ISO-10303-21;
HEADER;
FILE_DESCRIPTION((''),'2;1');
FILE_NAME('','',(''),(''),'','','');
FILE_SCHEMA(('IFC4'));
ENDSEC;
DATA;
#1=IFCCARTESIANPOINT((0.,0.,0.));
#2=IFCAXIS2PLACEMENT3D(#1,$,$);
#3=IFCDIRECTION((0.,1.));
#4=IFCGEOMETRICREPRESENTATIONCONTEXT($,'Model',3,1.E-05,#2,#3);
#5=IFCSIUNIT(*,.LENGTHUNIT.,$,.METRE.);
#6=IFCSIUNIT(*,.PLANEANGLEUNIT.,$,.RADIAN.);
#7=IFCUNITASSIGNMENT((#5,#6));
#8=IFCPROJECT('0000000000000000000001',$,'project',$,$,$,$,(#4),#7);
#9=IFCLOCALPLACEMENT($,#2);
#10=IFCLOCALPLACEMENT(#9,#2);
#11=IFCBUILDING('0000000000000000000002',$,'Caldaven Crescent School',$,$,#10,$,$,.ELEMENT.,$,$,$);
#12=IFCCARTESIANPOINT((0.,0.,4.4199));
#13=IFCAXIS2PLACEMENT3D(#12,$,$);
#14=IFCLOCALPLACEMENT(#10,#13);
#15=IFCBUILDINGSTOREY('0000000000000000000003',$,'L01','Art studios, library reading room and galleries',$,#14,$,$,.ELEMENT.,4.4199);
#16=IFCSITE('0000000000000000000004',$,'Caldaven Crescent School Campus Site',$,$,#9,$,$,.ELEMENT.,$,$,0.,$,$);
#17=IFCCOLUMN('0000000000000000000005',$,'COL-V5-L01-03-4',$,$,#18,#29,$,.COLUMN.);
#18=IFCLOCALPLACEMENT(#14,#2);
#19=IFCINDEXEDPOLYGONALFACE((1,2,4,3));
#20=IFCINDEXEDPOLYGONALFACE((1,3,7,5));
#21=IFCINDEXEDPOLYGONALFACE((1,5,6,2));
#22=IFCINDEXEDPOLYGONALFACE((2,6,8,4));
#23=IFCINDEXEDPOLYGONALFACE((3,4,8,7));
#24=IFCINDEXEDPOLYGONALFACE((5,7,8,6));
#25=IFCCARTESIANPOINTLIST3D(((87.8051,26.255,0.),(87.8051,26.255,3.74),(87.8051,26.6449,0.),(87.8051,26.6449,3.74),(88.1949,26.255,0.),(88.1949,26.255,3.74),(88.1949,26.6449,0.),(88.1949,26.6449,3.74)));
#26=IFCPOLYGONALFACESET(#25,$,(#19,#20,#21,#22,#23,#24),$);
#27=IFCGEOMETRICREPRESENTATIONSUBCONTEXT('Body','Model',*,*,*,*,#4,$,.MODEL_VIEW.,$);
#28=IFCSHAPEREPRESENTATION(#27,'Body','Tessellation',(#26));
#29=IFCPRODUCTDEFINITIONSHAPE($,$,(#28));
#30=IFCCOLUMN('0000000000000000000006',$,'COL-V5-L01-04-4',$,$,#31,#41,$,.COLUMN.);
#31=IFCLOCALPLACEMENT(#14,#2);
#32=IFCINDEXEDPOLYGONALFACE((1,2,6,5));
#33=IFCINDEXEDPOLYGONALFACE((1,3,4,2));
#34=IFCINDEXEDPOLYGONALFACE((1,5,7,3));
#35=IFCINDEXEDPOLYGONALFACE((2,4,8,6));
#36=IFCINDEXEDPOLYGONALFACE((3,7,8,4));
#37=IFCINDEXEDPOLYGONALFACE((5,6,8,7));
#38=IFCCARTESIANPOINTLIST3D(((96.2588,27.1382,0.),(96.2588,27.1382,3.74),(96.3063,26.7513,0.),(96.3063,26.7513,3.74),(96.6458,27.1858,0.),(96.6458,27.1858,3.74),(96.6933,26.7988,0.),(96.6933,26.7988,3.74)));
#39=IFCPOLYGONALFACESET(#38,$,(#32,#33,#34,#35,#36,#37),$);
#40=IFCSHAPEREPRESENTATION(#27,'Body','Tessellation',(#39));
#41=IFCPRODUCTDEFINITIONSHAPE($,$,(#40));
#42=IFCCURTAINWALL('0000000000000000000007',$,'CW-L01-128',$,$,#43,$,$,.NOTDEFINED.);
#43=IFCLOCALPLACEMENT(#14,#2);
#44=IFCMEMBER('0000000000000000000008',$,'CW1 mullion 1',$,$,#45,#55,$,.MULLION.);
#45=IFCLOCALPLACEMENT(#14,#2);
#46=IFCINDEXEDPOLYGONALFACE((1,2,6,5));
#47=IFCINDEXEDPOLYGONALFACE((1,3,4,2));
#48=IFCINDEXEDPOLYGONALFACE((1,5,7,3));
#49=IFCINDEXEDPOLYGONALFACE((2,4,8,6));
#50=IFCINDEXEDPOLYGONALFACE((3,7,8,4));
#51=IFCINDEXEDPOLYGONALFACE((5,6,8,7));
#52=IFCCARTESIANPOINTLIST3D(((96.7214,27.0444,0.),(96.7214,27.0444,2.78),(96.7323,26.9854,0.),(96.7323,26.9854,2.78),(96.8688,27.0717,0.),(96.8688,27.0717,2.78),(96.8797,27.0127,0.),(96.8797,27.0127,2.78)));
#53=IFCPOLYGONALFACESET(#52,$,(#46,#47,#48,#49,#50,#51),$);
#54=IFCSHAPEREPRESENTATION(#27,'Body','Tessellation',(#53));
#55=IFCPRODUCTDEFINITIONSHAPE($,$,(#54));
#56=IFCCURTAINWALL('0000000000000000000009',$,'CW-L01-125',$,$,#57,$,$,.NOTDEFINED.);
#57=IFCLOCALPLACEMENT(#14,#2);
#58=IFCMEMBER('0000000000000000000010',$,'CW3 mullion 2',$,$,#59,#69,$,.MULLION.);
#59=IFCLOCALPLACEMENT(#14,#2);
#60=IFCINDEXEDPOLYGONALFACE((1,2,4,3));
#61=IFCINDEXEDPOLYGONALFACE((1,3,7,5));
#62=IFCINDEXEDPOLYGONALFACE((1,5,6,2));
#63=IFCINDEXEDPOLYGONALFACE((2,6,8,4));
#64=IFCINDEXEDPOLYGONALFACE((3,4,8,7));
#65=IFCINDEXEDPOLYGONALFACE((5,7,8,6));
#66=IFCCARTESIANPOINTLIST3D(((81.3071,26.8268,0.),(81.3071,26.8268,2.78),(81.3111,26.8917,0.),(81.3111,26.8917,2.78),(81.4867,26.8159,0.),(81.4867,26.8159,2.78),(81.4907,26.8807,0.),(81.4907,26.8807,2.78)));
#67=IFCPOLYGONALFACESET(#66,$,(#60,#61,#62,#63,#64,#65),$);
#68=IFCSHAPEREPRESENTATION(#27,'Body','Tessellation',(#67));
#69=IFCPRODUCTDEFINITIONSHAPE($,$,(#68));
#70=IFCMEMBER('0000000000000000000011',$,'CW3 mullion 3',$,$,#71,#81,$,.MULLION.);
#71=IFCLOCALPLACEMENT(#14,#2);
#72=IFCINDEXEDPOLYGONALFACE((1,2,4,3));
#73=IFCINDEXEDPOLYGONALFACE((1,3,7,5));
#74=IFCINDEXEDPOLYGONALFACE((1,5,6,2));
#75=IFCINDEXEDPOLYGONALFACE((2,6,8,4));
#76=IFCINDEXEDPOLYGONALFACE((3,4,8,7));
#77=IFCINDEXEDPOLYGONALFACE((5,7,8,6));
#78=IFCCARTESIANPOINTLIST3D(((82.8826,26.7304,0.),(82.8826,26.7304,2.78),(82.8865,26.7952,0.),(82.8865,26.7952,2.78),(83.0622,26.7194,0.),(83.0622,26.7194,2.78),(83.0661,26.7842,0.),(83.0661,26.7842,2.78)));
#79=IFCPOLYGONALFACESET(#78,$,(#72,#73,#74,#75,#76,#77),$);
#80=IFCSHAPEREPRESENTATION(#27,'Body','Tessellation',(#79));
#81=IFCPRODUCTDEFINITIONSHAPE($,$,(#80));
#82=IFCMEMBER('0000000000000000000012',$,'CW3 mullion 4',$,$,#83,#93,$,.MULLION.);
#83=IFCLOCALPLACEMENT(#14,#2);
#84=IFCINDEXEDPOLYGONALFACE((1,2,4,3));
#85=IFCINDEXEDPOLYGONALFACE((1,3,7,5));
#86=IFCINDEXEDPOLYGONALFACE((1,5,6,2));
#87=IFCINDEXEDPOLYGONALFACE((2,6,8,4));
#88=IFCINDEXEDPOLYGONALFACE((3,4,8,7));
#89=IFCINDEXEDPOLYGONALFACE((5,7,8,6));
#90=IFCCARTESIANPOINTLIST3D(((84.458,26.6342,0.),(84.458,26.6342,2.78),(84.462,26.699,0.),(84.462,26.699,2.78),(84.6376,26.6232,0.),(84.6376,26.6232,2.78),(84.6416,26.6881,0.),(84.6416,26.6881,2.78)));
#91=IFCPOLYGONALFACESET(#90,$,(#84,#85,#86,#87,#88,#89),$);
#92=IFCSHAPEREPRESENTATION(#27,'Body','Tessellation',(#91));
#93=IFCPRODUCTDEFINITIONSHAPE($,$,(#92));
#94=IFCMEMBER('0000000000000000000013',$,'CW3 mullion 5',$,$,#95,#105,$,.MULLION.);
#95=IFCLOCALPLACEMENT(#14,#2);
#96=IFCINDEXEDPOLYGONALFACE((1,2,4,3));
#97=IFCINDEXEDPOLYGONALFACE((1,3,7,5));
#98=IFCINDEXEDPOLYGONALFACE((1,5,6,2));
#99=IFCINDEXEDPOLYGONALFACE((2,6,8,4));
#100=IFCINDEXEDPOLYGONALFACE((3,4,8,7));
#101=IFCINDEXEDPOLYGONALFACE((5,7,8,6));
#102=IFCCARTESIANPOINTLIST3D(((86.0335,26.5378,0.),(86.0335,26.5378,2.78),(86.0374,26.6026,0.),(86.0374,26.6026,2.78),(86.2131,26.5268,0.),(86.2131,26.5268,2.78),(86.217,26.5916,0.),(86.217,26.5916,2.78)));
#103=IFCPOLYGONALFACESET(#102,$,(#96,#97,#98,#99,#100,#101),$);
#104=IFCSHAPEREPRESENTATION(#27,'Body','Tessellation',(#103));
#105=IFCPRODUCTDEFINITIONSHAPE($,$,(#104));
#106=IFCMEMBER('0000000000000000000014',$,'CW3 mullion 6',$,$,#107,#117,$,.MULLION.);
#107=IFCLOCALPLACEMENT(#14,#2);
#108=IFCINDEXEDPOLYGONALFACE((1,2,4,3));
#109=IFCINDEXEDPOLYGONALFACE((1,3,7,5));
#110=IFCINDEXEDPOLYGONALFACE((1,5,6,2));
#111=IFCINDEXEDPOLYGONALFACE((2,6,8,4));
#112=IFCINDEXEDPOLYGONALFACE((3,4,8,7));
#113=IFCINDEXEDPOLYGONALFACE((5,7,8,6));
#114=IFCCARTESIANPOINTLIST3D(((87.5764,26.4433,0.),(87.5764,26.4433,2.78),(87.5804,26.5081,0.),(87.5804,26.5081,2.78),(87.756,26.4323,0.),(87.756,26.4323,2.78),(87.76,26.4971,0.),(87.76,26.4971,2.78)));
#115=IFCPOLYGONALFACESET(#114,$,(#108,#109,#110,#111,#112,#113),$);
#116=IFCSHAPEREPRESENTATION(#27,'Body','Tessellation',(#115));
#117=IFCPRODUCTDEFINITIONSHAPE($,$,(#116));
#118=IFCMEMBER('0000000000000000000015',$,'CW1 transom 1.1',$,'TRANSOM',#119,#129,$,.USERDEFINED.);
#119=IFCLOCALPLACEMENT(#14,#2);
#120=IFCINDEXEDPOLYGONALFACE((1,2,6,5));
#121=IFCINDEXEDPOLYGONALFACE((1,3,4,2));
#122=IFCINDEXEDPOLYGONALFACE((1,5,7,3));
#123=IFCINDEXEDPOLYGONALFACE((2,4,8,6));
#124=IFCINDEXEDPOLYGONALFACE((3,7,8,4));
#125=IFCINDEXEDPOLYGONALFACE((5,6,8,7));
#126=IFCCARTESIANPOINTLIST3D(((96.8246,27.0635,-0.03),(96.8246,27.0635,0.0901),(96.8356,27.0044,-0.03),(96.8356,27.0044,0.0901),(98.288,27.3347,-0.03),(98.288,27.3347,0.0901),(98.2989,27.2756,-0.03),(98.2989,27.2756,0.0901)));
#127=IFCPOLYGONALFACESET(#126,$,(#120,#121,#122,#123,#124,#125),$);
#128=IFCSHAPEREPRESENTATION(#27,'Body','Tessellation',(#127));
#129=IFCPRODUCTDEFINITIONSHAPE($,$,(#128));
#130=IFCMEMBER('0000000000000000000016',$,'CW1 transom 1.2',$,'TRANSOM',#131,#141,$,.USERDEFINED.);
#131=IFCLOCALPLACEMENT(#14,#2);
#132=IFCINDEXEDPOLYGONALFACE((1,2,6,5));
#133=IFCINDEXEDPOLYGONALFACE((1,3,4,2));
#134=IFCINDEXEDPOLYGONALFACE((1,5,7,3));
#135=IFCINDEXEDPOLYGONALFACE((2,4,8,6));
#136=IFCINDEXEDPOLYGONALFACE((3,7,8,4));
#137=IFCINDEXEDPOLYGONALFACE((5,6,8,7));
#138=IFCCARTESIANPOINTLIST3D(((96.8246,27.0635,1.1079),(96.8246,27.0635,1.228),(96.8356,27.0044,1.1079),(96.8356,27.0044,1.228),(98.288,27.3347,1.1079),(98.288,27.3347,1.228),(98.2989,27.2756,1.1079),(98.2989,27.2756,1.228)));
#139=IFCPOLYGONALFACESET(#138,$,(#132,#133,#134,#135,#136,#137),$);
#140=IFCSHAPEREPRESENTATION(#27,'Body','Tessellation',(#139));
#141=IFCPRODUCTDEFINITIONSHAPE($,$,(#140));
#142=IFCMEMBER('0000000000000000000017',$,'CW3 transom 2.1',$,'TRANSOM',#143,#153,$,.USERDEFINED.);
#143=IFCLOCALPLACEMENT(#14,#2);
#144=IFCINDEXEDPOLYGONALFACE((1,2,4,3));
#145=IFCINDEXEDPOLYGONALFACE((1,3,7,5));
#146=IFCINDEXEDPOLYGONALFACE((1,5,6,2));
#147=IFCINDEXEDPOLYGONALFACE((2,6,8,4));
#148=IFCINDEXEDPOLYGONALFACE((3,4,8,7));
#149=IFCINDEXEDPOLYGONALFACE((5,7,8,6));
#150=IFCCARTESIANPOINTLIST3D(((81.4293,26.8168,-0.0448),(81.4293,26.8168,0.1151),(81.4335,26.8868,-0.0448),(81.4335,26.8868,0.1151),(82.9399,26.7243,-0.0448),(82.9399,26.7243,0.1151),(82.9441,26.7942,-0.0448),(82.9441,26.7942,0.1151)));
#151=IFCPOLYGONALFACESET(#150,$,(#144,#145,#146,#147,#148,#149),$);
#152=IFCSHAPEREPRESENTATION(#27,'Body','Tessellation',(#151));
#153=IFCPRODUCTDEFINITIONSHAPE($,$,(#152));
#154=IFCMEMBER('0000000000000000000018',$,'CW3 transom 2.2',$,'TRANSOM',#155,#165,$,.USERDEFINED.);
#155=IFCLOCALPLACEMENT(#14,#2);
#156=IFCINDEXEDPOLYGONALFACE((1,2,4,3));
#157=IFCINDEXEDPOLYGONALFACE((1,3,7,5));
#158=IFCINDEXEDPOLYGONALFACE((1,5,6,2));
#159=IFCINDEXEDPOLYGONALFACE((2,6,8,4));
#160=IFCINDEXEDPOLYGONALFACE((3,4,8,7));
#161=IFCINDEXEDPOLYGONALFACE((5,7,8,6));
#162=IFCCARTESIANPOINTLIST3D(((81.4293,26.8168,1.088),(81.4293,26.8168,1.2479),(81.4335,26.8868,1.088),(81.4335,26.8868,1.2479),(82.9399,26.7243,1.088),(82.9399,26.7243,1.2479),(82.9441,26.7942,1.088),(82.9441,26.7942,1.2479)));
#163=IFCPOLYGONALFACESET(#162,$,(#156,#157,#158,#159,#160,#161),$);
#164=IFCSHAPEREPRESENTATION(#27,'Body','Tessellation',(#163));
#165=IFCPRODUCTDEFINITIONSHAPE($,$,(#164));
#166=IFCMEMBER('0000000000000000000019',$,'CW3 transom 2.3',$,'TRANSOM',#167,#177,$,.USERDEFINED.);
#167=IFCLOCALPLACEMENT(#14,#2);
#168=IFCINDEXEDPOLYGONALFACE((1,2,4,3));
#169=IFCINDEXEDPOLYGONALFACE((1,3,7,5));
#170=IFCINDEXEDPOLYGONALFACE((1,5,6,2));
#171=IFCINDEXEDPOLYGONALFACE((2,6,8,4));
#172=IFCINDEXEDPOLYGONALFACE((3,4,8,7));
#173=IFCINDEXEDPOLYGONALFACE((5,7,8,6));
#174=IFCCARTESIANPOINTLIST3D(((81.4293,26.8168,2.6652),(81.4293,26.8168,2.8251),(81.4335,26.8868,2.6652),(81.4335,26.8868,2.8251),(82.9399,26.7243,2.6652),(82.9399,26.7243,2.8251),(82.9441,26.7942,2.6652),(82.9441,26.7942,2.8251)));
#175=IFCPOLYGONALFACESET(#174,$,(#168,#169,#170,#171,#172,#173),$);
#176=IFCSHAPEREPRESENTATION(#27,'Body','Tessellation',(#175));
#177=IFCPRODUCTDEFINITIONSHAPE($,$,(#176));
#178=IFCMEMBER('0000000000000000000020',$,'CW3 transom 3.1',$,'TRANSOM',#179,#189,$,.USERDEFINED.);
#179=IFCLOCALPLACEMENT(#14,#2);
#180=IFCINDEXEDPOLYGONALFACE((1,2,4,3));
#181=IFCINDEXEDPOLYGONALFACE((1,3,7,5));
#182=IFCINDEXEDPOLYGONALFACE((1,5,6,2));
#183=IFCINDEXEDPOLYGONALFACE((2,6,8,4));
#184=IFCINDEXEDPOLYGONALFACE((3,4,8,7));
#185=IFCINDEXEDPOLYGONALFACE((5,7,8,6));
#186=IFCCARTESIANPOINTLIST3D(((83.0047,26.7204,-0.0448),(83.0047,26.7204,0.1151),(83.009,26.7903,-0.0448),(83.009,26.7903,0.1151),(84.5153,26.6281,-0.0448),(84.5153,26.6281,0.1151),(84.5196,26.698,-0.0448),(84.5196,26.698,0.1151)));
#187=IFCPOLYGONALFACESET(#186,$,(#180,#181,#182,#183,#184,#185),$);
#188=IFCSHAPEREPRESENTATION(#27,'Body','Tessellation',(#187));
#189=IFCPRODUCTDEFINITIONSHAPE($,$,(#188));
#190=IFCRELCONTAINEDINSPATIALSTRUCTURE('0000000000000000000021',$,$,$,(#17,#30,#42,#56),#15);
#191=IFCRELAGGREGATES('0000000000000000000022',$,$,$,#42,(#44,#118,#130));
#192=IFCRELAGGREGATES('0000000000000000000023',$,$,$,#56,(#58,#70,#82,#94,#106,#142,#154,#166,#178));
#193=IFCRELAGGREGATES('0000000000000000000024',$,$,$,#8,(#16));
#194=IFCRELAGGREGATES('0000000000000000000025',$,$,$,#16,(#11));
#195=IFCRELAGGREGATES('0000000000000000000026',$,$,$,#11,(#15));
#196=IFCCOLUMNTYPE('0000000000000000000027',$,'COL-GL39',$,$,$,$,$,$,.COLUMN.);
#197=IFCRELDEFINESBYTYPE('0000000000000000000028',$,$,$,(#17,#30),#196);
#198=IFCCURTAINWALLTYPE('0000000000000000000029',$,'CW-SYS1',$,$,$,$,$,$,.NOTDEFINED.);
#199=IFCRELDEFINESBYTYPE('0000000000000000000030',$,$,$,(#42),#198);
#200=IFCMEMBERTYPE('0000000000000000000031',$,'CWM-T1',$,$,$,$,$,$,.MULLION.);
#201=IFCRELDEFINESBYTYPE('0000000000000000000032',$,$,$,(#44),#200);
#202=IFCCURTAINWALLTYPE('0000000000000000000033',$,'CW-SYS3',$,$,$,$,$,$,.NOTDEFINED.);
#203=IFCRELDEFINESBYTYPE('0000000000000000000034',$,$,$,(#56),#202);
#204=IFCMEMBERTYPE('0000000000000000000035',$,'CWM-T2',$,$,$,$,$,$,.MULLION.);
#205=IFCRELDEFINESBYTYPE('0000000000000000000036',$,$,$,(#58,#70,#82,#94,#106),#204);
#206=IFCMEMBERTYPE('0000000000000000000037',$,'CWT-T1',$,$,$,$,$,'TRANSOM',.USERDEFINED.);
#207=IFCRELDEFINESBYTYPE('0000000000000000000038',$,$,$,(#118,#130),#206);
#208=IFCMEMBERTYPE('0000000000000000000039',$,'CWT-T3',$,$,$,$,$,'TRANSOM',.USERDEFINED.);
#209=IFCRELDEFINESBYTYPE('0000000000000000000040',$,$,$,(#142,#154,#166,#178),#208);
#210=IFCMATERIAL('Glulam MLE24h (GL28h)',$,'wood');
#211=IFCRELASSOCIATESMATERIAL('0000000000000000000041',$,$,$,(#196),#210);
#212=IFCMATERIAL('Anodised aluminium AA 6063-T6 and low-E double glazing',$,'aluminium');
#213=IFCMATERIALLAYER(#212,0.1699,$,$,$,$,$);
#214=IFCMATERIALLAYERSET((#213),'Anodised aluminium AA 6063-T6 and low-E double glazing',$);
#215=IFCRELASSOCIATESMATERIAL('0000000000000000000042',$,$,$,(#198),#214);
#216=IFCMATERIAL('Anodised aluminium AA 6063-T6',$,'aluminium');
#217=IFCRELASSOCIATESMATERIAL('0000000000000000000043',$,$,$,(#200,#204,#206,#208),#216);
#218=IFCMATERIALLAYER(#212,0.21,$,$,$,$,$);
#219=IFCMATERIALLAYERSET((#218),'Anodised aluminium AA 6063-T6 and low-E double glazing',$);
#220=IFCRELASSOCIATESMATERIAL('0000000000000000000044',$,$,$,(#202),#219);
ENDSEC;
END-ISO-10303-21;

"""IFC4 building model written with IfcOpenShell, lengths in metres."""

from ifc_helpers import new_model, si_unit, direction, frame, origin, origin_2d, place, context, subcontext, project, spatial, rectangle, extrude, material, layer, layer_set, material_profile, profile_set, type_object, element, aggregate, save


model = new_model("IFC4")

# Units and contexts
model_context = context("Model", 3, precision=1e-05, world=origin(), true_north=direction((0.0, 1.0)))
body_context = subcontext(model_context, "Body", "Model", "MODEL_VIEW")
ifc_project = project(units=[si_unit("LENGTHUNIT", "METRE"), si_unit("PLANEANGLEUNIT", "RADIAN")], contexts=[model_context])

# Site, building, storey
site_placement = place(None, origin())
site = spatial("IfcSite", under=ifc_project, at=site_placement, Name="Caldaven Crescent School Campus Site", CompositionType="ELEMENT", RefElevation=0.0)
building_placement = place(site_placement, origin())
building = spatial("IfcBuilding", under=site, at=building_placement, Name="Caldaven Crescent School", CompositionType="ELEMENT")
storey_placement = place(building_placement, frame((0.0, 0.0, 4.4199)))
storey = spatial("IfcBuildingStorey", under=building, at=storey_placement, Name="L01", Description="Art studios, library reading room and galleries", CompositionType="ELEMENT", Elevation=4.4199)

# Columns
ifc_material_1 = material(Name="Glulam MLE24h (GL28h)", Category="wood")
ifc_material_profile_1 = material_profile(ifc_material_1, rectangle(XDim=0.3899, YDim=0.3899, at=origin_2d()), Name="MLE 390x390")
ifc_profile_set_1 = profile_set([ifc_material_profile_1], Name="Glulam MLE24h (GL28h)")
column_type = type_object("IfcColumnType", Name="COL-GL39", PredefinedType="COLUMN", material=ifc_profile_set_1)
for number, where, z_axis, x_axis, name in (
    (1, (88.0, 26.45, 0.0), (0.0, 0.0, 1.0), (0.0, -1.0, 0.0), "COL-V5-L01-03-4"),
    (2, (96.4761, 26.9685, 0.0), (0.0, 0.0, 1.0), (0.121869, -0.992546, 0.0), "COL-V5-L01-04-4"),
):
    element("IfcColumn", number, at=place(storey_placement, frame(where, z_axis=z_axis, x_axis=x_axis)), inside=storey, type_object=column_type, Name=name, PredefinedType="COLUMN", context=body_context, shape_type="SweptSolid", body=[
        extrude(rectangle(XDim=0.3899, YDim=0.3899, at=origin_2d()), origin(), (0.0, 0.0, 1.0), 3.74),
    ])

# Curtain wall, member
ifc_material_2 = material(Name="Anodised aluminium AA 6063-T6 and low-E double glazing", Category="aluminium")
ifc_layer_1 = layer(ifc_material_2, 0.1699)
ifc_layer_set_1 = layer_set([ifc_layer_1], Name="Anodised aluminium AA 6063-T6 and low-E double glazing")
curtain_wall_type_1 = type_object("IfcCurtainWallType", Name="CW-SYS1", PredefinedType="NOTDEFINED", material=ifc_layer_set_1)
curtain_wall_1_placement = place(storey_placement, origin())
curtain_wall_1 = element("IfcCurtainWall", 3, at=curtain_wall_1_placement, inside=storey, type_object=curtain_wall_type_1, Name="CW-L01-128", PredefinedType="NOTDEFINED")
ifc_material_3 = material(Name="Anodised aluminium AA 6063-T6", Category="aluminium")
ifc_material_profile_2 = material_profile(ifc_material_3, rectangle(XDim=0.0601, YDim=0.1499, at=origin_2d()), Name="CWM 60x150")
ifc_profile_set_2 = profile_set([ifc_material_profile_2], Name="Anodised aluminium AA 6063-T6")
member_type_1 = type_object("IfcMemberType", Name="CWM-T1", PredefinedType="MULLION", material=ifc_profile_set_2)
member_1_placement = place(storey_placement, frame((96.8005, 27.0286, 0.0), z_axis=(0.0, 0.0, 1.0), x_axis=(-0.182235, 0.983255, 0.0)))
member_1 = element("IfcMember", 4, at=member_1_placement, type_object=member_type_1, Name="CW1 mullion 1", PredefinedType="MULLION", context=body_context, shape_type="SweptSolid", body=[
    extrude(rectangle(XDim=0.0601, YDim=0.1499, at=origin_2d()), origin(), (0.0, 0.0, 1.0), 2.78),
])

# Curtain wall, members
ifc_layer_2 = layer(ifc_material_2, 0.21)
ifc_layer_set_2 = layer_set([ifc_layer_2], Name="Anodised aluminium AA 6063-T6 and low-E double glazing")
curtain_wall_type_2 = type_object("IfcCurtainWallType", Name="CW-SYS3", PredefinedType="NOTDEFINED", material=ifc_layer_set_2)
curtain_wall_2_placement = place(storey_placement, origin())
curtain_wall_2 = element("IfcCurtainWall", 5, at=curtain_wall_2_placement, inside=storey, type_object=curtain_wall_type_2, Name="CW-L01-125", PredefinedType="NOTDEFINED")
ifc_material_profile_3 = material_profile(ifc_material_3, rectangle(XDim=0.0649, YDim=0.1799, at=origin_2d()), Name="CWM 65x180")
ifc_profile_set_3 = profile_set([ifc_material_profile_3], Name="Anodised aluminium AA 6063-T6")
member_type_2 = type_object("IfcMemberType", Name="CWM-T2", PredefinedType="MULLION", material=ifc_profile_set_3)
member_2_placement = place(storey_placement, frame((81.3989, 26.8538, 0.0), z_axis=(0.0, 0.0, 1.0), x_axis=(0.061049, 0.998135, 0.0)))
member_2 = element("IfcMember", 6, at=member_2_placement, type_object=member_type_2, Name="CW3 mullion 2", PredefinedType="MULLION", context=body_context, shape_type="SweptSolid", body=[
    extrude(rectangle(XDim=0.0649, YDim=0.1799, at=origin_2d()), origin(), (0.0, 0.0, 1.0), 2.78),
])
member_3_placement = place(storey_placement, frame((82.9744, 26.7573, 0.0), z_axis=(0.0, 0.0, 1.0), x_axis=(0.061049, 0.998135, 0.0)))
member_3 = element("IfcMember", 7, at=member_3_placement, type_object=member_type_2, Name="CW3 mullion 3", PredefinedType="MULLION", context=body_context, shape_type="SweptSolid", body=[
    extrude(rectangle(XDim=0.0649, YDim=0.1799, at=origin_2d()), origin(), (0.0, 0.0, 1.0), 2.78),
])
member_4_placement = place(storey_placement, frame((84.5498, 26.6611, 0.0), z_axis=(0.0, 0.0, 1.0), x_axis=(0.061049, 0.998135, 0.0)))
member_4 = element("IfcMember", 8, at=member_4_placement, type_object=member_type_2, Name="CW3 mullion 4", PredefinedType="MULLION", context=body_context, shape_type="SweptSolid", body=[
    extrude(rectangle(XDim=0.0649, YDim=0.1799, at=origin_2d()), origin(), (0.0, 0.0, 1.0), 2.78),
])
member_5_placement = place(storey_placement, frame((86.1252, 26.5647, 0.0), z_axis=(0.0, 0.0, 1.0), x_axis=(0.061049, 0.998135, 0.0)))
member_5 = element("IfcMember", 9, at=member_5_placement, type_object=member_type_2, Name="CW3 mullion 5", PredefinedType="MULLION", context=body_context, shape_type="SweptSolid", body=[
    extrude(rectangle(XDim=0.0649, YDim=0.1799, at=origin_2d()), origin(), (0.0, 0.0, 1.0), 2.78),
])
member_6_placement = place(storey_placement, frame((87.6682, 26.4702, 0.0), z_axis=(0.0, 0.0, 1.0), x_axis=(0.061049, 0.998135, 0.0)))
member_6 = element("IfcMember", 10, at=member_6_placement, type_object=member_type_2, Name="CW3 mullion 6", PredefinedType="MULLION", context=body_context, shape_type="SweptSolid", body=[
    extrude(rectangle(XDim=0.0649, YDim=0.1799, at=origin_2d()), origin(), (0.0, 0.0, 1.0), 2.78),
])

# Members
ifc_material_profile_4 = material_profile(ifc_material_3, rectangle(XDim=0.0601, YDim=0.1201, at=origin_2d()), Name="CWT 60x120")
ifc_profile_set_4 = profile_set([ifc_material_profile_4], Name="Anodised aluminium AA 6063-T6")
member_type_3 = type_object("IfcMemberType", Name="CWT-T1", ElementType="TRANSOM", PredefinedType="USERDEFINED", material=ifc_profile_set_4)
member_7_placement = place(storey_placement, frame((96.8301, 27.0339, 0.03), z_axis=(0.983253, 0.182248, 0.0), x_axis=(-0.182248, 0.983253, 0.0)))
member_7 = element("IfcMember", 11, at=member_7_placement, type_object=member_type_3, Name="CW1 transom 1.1", ObjectType="TRANSOM", PredefinedType="USERDEFINED", context=body_context, shape_type="SweptSolid", body=[
    extrude(rectangle(XDim=0.0601, YDim=0.1201, at=origin_2d()), origin(), (0.0, 0.0, 1.0), 1.4883),
])
member_8_placement = place(storey_placement, frame((96.8301, 27.0339, 1.168), z_axis=(0.983253, 0.182248, 0.0), x_axis=(-0.182248, 0.983253, 0.0)))
member_8 = element("IfcMember", 12, at=member_8_placement, type_object=member_type_3, Name="CW1 transom 1.2", ObjectType="TRANSOM", PredefinedType="USERDEFINED", context=body_context, shape_type="SweptSolid", body=[
    extrude(rectangle(XDim=0.0601, YDim=0.1201, at=origin_2d()), origin(), (0.0, 0.0, 1.0), 1.4883),
])
aggregate(curtain_wall_1, [member_1, member_7, member_8])
ifc_material_profile_5 = material_profile(ifc_material_3, rectangle(XDim=0.0701, YDim=0.1599, at=origin_2d()), Name="CWT 70x160")
ifc_profile_set_5 = profile_set([ifc_material_profile_5], Name="Anodised aluminium AA 6063-T6")
member_type_4 = type_object("IfcMemberType", Name="CWT-T3", ElementType="TRANSOM", PredefinedType="USERDEFINED", material=ifc_profile_set_5)
member_9_placement = place(storey_placement, frame((81.4314, 26.8518, 0.0352), z_axis=(0.998129, -0.061143, 0.0), x_axis=(0.061143, 0.998129, 0.0)))
member_9 = element("IfcMember", 13, at=member_9_placement, type_object=member_type_4, Name="CW3 transom 2.1", ObjectType="TRANSOM", PredefinedType="USERDEFINED", context=body_context, shape_type="SweptSolid", body=[
    extrude(rectangle(XDim=0.0701, YDim=0.1599, at=origin_2d()), origin(), (0.0, 0.0, 1.0), 1.5134),
])
member_10_placement = place(storey_placement, frame((81.4314, 26.8518, 1.168), z_axis=(0.998129, -0.061143, 0.0), x_axis=(0.061143, 0.998129, 0.0)))
member_10 = element("IfcMember", 14, at=member_10_placement, type_object=member_type_4, Name="CW3 transom 2.2", ObjectType="TRANSOM", PredefinedType="USERDEFINED", context=body_context, shape_type="SweptSolid", body=[
    extrude(rectangle(XDim=0.0701, YDim=0.1599, at=origin_2d()), origin(), (0.0, 0.0, 1.0), 1.5134),
])
member_11_placement = place(storey_placement, frame((81.4314, 26.8518, 2.7451), z_axis=(0.998129, -0.061143, 0.0), x_axis=(0.061143, 0.998129, 0.0)))
member_11 = element("IfcMember", 15, at=member_11_placement, type_object=member_type_4, Name="CW3 transom 2.3", ObjectType="TRANSOM", PredefinedType="USERDEFINED", context=body_context, shape_type="SweptSolid", body=[
    extrude(rectangle(XDim=0.0701, YDim=0.1599, at=origin_2d()), origin(), (0.0, 0.0, 1.0), 1.5134),
])
member_12_placement = place(storey_placement, frame((83.0068, 26.7554, 0.0352), z_axis=(0.998139, -0.060982, 0.0), x_axis=(0.060982, 0.998139, 0.0)))
member_12 = element("IfcMember", 16, at=member_12_placement, type_object=member_type_4, Name="CW3 transom 3.1", ObjectType="TRANSOM", PredefinedType="USERDEFINED", context=body_context, shape_type="SweptSolid", body=[
    extrude(rectangle(XDim=0.0701, YDim=0.1599, at=origin_2d()), origin(), (0.0, 0.0, 1.0), 1.5134),
])

aggregate(curtain_wall_2, [member_2, member_3, member_4, member_5, member_6, member_9, member_10, member_11, member_12])

save(model, "model.ifc")
